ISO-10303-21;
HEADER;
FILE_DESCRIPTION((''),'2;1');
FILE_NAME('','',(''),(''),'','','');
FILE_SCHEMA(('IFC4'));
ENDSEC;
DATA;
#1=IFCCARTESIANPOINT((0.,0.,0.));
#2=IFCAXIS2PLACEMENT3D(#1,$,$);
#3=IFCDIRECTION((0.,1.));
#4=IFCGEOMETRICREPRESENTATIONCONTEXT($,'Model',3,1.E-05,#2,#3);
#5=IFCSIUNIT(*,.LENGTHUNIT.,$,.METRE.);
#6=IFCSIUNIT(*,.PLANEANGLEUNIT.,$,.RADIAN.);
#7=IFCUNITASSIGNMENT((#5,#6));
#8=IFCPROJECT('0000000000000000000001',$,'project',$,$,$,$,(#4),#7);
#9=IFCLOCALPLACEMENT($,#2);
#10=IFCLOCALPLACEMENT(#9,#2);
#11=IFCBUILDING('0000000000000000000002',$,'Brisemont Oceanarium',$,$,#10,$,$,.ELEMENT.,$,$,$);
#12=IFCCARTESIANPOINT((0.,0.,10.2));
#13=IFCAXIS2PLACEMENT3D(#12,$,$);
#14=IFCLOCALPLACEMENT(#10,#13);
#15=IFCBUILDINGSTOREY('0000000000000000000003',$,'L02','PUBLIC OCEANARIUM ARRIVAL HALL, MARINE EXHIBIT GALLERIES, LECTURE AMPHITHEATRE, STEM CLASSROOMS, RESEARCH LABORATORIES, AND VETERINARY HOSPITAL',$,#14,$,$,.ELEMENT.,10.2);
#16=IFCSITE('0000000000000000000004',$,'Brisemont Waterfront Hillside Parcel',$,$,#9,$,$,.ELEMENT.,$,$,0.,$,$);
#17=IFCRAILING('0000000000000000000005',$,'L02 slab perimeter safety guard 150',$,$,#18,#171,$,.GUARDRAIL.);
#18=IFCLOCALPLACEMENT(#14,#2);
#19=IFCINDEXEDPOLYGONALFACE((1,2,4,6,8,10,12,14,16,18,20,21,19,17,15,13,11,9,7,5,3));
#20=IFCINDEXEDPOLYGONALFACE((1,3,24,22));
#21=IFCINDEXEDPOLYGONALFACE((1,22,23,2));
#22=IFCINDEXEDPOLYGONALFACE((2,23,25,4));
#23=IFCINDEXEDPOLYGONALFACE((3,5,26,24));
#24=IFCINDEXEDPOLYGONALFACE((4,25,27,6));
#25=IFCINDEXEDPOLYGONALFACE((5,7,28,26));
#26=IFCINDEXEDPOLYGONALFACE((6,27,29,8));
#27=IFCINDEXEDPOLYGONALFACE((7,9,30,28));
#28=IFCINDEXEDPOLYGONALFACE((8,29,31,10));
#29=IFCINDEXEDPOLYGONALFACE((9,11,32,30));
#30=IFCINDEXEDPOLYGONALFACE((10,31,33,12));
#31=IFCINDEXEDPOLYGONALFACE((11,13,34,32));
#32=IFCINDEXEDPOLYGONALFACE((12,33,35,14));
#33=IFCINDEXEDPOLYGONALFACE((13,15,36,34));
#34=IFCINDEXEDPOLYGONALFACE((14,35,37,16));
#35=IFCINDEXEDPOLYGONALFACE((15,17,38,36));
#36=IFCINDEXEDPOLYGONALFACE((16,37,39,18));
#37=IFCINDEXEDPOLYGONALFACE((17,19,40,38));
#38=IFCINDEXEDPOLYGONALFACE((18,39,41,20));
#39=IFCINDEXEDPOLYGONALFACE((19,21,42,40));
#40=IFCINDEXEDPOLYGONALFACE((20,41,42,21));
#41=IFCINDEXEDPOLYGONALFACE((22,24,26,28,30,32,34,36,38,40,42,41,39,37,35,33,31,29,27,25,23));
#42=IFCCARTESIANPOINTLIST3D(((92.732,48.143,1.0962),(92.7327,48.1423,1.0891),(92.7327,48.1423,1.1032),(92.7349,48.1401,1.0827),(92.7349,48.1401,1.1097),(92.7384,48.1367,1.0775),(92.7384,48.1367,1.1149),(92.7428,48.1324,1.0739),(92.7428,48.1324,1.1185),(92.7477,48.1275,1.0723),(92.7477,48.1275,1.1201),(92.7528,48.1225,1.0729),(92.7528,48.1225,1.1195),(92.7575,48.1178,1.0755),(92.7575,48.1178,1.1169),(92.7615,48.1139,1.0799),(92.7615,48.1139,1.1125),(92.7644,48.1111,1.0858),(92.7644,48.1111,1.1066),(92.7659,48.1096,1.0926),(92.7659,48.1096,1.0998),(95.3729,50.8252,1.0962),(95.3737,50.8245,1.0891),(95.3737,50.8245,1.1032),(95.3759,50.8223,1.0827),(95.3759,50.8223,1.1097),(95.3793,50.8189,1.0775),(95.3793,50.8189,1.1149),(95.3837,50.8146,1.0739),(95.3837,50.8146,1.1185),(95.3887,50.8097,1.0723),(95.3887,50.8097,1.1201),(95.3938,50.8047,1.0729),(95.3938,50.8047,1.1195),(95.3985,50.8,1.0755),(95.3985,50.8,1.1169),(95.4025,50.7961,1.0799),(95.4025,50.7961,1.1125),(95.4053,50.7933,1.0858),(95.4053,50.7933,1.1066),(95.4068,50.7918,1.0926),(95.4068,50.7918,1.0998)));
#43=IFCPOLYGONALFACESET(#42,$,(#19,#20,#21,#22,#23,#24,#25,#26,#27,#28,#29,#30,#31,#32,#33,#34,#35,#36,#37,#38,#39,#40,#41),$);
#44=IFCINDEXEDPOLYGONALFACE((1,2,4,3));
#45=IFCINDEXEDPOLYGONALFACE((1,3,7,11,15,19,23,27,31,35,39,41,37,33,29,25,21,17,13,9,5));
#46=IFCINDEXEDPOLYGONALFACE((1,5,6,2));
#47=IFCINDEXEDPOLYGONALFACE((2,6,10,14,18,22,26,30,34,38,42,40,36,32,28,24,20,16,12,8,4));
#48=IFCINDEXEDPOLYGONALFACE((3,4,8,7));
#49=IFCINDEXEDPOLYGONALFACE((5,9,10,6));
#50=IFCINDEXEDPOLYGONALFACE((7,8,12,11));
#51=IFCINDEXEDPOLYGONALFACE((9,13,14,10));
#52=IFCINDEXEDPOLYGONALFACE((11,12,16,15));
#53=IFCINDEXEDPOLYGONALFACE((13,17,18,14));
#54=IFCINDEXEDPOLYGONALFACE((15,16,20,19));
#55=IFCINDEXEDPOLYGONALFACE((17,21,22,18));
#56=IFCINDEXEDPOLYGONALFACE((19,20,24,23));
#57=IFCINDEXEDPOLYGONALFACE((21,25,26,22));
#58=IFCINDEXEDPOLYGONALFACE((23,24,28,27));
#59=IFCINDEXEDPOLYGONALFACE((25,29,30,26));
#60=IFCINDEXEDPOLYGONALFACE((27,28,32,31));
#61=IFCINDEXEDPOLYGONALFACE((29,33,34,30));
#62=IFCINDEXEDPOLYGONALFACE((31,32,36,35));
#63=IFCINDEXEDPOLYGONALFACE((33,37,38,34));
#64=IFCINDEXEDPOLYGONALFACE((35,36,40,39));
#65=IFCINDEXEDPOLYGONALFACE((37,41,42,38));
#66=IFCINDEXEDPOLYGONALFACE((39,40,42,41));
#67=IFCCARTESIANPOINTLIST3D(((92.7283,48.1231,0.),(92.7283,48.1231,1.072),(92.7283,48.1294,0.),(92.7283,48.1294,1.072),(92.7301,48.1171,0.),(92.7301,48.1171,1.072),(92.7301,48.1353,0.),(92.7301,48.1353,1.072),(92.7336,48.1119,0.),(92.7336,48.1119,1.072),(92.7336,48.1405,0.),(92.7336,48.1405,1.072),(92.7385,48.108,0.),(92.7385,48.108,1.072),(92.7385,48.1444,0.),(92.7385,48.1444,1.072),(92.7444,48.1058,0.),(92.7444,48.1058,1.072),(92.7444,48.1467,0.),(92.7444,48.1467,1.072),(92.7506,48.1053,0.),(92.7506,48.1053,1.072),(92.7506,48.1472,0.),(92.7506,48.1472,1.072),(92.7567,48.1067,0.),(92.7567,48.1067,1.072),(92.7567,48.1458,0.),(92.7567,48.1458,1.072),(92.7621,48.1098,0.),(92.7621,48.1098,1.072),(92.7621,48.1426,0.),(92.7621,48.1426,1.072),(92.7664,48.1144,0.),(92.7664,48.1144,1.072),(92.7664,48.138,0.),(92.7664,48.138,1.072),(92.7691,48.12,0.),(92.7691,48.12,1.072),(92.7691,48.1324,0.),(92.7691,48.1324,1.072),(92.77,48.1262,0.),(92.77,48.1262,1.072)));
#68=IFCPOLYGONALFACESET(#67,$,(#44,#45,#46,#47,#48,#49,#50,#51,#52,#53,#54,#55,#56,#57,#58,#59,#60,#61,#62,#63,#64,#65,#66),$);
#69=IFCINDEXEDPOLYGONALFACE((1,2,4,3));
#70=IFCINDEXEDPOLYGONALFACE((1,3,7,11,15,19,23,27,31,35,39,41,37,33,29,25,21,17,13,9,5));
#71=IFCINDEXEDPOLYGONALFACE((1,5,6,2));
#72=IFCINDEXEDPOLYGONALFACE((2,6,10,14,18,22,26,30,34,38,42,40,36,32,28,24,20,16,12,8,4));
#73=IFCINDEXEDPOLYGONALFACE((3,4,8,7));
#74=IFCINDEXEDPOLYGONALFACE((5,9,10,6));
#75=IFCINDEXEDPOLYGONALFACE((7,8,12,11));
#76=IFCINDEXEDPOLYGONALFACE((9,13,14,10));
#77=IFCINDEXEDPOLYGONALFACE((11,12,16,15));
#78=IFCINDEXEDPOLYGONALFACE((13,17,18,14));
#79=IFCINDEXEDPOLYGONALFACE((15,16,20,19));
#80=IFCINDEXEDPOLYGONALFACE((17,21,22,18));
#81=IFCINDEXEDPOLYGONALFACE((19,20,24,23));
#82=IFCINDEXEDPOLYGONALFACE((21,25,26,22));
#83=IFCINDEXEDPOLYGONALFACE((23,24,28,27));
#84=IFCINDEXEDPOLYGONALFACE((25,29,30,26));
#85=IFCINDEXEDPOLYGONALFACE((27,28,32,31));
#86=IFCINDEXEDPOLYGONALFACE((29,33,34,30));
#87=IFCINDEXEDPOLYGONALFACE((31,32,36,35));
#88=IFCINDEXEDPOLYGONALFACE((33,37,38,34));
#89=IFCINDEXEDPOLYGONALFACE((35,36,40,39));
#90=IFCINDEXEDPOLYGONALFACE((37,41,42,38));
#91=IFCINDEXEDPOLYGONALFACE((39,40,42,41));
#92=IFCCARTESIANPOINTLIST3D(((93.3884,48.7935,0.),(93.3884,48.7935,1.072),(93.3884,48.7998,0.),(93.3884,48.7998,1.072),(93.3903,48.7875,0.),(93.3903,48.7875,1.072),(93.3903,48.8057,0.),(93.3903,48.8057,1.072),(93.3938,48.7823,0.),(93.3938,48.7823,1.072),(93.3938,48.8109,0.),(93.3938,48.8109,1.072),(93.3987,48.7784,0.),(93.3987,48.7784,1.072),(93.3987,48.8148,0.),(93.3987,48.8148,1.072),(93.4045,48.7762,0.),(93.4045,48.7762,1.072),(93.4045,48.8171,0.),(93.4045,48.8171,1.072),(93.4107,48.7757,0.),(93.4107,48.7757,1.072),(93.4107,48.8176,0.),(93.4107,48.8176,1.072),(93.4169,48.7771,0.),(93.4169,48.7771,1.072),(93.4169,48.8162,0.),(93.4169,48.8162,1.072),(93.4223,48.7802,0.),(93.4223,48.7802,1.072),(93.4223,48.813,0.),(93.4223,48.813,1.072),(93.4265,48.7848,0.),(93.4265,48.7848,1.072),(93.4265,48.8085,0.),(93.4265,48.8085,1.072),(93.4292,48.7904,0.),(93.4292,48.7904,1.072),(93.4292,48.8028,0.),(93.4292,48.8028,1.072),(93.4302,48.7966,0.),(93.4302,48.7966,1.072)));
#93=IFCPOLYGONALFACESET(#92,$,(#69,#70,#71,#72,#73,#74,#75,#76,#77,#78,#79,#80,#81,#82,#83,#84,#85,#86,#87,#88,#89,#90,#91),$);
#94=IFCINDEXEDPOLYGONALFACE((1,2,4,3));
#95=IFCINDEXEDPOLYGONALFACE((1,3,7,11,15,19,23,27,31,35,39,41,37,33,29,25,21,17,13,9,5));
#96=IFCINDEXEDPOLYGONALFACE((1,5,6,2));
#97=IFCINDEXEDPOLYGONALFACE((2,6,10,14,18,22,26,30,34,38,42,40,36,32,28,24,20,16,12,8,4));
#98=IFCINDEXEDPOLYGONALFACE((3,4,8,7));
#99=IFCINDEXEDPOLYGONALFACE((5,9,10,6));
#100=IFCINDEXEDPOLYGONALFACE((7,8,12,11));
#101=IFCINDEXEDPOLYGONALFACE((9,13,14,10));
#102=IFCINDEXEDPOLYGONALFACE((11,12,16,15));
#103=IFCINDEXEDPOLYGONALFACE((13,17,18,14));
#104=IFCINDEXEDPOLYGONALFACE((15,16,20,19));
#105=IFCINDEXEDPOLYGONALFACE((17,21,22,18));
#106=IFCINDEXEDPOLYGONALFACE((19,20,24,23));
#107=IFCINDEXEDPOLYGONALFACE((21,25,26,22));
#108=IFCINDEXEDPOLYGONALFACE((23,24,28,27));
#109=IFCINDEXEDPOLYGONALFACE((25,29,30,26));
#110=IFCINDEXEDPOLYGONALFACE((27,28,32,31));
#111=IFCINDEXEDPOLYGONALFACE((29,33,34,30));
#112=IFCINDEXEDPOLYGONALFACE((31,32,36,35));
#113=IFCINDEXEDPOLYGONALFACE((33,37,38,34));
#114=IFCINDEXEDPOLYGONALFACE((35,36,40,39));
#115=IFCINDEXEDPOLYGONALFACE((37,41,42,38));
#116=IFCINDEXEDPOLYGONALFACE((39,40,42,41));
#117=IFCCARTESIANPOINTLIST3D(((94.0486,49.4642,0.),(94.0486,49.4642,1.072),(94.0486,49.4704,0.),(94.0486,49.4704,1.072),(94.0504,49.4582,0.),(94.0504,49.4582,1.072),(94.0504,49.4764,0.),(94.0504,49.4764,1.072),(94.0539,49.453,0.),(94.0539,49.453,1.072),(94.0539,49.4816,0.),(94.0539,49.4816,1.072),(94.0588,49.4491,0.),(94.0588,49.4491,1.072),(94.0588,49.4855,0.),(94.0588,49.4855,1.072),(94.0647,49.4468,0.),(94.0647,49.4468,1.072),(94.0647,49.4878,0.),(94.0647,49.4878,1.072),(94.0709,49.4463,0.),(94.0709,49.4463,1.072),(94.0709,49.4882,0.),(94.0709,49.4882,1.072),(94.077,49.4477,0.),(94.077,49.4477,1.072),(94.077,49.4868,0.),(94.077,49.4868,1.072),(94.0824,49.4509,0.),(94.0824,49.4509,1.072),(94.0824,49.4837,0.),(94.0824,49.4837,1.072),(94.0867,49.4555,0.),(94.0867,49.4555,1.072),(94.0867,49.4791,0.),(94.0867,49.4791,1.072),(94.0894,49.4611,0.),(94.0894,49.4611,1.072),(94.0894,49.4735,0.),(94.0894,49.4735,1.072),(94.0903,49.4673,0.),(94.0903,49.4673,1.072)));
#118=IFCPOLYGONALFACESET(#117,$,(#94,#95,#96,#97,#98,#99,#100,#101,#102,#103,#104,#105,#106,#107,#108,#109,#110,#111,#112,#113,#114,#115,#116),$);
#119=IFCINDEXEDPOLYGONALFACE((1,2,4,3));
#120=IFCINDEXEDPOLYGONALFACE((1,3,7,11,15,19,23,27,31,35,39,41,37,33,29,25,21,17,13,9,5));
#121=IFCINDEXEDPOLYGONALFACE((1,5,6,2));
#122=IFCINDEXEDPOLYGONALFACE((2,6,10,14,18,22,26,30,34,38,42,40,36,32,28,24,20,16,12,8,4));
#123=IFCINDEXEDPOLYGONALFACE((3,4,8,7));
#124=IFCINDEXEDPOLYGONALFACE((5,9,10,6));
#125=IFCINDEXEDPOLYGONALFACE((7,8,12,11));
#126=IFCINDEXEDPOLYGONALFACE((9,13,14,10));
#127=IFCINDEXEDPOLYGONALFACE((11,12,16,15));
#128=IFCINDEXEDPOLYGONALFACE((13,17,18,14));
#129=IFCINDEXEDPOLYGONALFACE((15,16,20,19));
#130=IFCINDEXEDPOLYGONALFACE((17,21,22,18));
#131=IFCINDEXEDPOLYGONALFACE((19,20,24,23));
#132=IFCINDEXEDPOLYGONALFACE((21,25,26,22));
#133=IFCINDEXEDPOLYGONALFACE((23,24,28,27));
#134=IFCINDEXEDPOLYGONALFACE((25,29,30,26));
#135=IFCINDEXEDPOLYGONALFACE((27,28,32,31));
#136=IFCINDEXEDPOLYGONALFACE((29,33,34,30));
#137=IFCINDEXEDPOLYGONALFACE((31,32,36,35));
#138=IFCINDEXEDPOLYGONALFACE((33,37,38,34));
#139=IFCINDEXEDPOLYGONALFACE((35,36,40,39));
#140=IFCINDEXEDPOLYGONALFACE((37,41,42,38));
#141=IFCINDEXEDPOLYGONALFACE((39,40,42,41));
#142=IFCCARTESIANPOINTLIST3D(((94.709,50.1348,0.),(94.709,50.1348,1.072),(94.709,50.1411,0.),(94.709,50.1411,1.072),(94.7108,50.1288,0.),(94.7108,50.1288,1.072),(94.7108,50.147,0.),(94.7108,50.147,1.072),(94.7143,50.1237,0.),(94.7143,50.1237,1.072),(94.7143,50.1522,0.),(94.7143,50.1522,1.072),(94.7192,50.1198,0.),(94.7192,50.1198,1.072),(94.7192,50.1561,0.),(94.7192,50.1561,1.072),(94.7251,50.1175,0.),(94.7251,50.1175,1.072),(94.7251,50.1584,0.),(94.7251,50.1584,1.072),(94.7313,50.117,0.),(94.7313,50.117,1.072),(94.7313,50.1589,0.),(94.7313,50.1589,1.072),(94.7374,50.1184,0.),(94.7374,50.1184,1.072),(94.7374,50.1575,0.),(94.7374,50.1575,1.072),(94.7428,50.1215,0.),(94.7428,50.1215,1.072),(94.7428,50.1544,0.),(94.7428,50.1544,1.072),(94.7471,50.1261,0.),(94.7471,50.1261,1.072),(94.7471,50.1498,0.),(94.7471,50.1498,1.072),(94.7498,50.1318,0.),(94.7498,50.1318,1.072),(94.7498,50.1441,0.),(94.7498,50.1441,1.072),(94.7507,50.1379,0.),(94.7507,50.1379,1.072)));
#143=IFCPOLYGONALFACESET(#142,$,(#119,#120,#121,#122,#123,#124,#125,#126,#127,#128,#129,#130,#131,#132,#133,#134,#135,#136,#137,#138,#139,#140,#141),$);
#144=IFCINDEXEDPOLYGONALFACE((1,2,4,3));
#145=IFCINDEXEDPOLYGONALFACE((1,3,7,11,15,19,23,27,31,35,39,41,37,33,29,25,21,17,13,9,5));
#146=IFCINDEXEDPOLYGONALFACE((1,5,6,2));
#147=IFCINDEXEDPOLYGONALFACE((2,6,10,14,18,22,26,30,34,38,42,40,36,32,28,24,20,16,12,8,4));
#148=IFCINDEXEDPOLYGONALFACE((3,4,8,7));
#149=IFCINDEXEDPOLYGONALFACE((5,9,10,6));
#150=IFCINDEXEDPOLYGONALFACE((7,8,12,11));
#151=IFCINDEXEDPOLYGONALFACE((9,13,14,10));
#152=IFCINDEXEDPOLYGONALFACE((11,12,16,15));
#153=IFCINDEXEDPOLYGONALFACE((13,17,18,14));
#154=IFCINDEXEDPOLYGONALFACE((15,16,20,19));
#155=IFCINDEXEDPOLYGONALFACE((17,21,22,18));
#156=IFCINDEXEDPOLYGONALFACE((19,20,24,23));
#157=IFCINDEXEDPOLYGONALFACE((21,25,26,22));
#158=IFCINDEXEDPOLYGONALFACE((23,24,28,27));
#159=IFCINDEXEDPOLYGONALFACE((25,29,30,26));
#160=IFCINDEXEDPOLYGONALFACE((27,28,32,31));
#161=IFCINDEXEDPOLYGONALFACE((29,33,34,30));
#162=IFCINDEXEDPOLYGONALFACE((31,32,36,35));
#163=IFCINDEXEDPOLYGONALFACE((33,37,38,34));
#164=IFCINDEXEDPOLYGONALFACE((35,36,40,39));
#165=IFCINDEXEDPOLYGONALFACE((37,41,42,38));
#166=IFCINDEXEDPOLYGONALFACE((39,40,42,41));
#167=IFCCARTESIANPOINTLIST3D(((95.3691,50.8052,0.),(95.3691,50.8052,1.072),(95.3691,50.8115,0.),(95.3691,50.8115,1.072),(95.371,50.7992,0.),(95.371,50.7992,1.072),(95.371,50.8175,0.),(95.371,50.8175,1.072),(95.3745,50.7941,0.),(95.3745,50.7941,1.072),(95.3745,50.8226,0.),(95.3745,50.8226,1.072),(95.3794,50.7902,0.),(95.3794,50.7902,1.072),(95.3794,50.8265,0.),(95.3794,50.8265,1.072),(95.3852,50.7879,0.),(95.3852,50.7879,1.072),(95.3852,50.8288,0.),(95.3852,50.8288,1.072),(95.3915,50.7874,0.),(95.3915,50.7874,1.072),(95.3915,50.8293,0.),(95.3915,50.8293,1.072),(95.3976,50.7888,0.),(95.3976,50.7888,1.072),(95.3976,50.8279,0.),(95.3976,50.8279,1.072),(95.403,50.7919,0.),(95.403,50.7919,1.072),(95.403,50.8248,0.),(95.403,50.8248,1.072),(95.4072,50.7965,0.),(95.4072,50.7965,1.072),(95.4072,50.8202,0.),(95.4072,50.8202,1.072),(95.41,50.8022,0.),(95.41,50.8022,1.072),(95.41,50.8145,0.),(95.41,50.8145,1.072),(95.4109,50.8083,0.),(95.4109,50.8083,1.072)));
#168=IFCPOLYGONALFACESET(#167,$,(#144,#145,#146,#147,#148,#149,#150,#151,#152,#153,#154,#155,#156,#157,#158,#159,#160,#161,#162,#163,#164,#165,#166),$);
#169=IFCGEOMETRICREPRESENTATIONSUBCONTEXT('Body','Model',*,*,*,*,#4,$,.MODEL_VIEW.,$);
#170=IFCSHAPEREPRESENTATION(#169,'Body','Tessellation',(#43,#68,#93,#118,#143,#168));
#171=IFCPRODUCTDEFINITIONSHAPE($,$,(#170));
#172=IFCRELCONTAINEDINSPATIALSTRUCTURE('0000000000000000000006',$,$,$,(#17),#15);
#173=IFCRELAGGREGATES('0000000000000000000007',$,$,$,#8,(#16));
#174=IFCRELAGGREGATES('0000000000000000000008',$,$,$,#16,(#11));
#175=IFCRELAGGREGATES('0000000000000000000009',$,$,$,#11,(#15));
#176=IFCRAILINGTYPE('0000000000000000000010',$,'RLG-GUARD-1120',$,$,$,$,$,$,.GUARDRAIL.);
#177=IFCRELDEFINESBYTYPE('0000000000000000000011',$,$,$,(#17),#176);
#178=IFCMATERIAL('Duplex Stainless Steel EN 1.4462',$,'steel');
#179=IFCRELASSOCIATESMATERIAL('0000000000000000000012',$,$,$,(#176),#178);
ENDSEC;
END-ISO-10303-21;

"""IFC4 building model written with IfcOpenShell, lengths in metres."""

from ifc_helpers import new_model, si_unit, direction, frame, origin, origin_2d, place, context, subcontext, project, spatial, circle, extrude, material, type_object, element, save


model = new_model("IFC4")

# Units and contexts
model_context = context("Model", 3, precision=1e-05, world=origin(), true_north=direction((0.0, 1.0)))
body_context = subcontext(model_context, "Body", "Model", "MODEL_VIEW")
ifc_project = project(units=[si_unit("LENGTHUNIT", "METRE"), si_unit("PLANEANGLEUNIT", "RADIAN")], contexts=[model_context])

# Site, building, storey
site_placement = place(None, origin())
site = spatial("IfcSite", under=ifc_project, at=site_placement, Name="Brisemont Waterfront Hillside Parcel", CompositionType="ELEMENT", RefElevation=0.0)
building_placement = place(site_placement, origin())
building = spatial("IfcBuilding", under=site, at=building_placement, Name="Brisemont Oceanarium", CompositionType="ELEMENT")
storey_placement = place(building_placement, frame((0.0, 0.0, 10.2)))
storey = spatial("IfcBuildingStorey", under=building, at=storey_placement, Name="L02", Description="PUBLIC OCEANARIUM ARRIVAL HALL, MARINE EXHIBIT GALLERIES, LECTURE AMPHITHEATRE, STEM CLASSROOMS, RESEARCH LABORATORIES, AND VETERINARY HOSPITAL", CompositionType="ELEMENT", Elevation=10.2)

# Railing
ifc_material_1 = material(Name="Duplex Stainless Steel EN 1.4462", Category="steel")
railing_type = type_object("IfcRailingType", Name="RLG-GUARD-1120", PredefinedType="GUARDRAIL", material=ifc_material_1)
railing_1_placement = place(storey_placement, frame((92.749, 48.1262, 0.0)))
element("IfcRailing", 1, at=railing_1_placement, inside=storey, type_object=railing_type, Name="L02 slab perimeter safety guard 150", PredefinedType="GUARDRAIL", context=body_context, shape_type="SweptSolid", body=[
    extrude(circle(Radius=0.0239, at=origin_2d()), frame((0.0, 0.0, 1.0962), z_axis=(0.701605, 0.712566, 0.0), x_axis=(-0.712566, 0.701605, 0.0)), (0.0, 0.0, 1.0), 3.7642),
    extrude(circle(Radius=0.021, at=origin_2d()), origin(), (0.0, 0.0, 1.0), 1.072),
    extrude(circle(Radius=0.021, at=origin_2d()), frame((0.6602, 0.6704, 0.0)), (0.0, 0.0, 1.0), 1.072),
    extrude(circle(Radius=0.021, at=origin_2d()), frame((1.3203, 1.3411, 0.0)), (0.0, 0.0, 1.0), 1.072),
    extrude(circle(Radius=0.021, at=origin_2d()), frame((1.9807, 2.0117, 0.0)), (0.0, 0.0, 1.0), 1.072),
    extrude(circle(Radius=0.021, at=origin_2d()), frame((2.6409, 2.6821, 0.0)), (0.0, 0.0, 1.0), 1.072),
])

save(model, "model.ifc")
